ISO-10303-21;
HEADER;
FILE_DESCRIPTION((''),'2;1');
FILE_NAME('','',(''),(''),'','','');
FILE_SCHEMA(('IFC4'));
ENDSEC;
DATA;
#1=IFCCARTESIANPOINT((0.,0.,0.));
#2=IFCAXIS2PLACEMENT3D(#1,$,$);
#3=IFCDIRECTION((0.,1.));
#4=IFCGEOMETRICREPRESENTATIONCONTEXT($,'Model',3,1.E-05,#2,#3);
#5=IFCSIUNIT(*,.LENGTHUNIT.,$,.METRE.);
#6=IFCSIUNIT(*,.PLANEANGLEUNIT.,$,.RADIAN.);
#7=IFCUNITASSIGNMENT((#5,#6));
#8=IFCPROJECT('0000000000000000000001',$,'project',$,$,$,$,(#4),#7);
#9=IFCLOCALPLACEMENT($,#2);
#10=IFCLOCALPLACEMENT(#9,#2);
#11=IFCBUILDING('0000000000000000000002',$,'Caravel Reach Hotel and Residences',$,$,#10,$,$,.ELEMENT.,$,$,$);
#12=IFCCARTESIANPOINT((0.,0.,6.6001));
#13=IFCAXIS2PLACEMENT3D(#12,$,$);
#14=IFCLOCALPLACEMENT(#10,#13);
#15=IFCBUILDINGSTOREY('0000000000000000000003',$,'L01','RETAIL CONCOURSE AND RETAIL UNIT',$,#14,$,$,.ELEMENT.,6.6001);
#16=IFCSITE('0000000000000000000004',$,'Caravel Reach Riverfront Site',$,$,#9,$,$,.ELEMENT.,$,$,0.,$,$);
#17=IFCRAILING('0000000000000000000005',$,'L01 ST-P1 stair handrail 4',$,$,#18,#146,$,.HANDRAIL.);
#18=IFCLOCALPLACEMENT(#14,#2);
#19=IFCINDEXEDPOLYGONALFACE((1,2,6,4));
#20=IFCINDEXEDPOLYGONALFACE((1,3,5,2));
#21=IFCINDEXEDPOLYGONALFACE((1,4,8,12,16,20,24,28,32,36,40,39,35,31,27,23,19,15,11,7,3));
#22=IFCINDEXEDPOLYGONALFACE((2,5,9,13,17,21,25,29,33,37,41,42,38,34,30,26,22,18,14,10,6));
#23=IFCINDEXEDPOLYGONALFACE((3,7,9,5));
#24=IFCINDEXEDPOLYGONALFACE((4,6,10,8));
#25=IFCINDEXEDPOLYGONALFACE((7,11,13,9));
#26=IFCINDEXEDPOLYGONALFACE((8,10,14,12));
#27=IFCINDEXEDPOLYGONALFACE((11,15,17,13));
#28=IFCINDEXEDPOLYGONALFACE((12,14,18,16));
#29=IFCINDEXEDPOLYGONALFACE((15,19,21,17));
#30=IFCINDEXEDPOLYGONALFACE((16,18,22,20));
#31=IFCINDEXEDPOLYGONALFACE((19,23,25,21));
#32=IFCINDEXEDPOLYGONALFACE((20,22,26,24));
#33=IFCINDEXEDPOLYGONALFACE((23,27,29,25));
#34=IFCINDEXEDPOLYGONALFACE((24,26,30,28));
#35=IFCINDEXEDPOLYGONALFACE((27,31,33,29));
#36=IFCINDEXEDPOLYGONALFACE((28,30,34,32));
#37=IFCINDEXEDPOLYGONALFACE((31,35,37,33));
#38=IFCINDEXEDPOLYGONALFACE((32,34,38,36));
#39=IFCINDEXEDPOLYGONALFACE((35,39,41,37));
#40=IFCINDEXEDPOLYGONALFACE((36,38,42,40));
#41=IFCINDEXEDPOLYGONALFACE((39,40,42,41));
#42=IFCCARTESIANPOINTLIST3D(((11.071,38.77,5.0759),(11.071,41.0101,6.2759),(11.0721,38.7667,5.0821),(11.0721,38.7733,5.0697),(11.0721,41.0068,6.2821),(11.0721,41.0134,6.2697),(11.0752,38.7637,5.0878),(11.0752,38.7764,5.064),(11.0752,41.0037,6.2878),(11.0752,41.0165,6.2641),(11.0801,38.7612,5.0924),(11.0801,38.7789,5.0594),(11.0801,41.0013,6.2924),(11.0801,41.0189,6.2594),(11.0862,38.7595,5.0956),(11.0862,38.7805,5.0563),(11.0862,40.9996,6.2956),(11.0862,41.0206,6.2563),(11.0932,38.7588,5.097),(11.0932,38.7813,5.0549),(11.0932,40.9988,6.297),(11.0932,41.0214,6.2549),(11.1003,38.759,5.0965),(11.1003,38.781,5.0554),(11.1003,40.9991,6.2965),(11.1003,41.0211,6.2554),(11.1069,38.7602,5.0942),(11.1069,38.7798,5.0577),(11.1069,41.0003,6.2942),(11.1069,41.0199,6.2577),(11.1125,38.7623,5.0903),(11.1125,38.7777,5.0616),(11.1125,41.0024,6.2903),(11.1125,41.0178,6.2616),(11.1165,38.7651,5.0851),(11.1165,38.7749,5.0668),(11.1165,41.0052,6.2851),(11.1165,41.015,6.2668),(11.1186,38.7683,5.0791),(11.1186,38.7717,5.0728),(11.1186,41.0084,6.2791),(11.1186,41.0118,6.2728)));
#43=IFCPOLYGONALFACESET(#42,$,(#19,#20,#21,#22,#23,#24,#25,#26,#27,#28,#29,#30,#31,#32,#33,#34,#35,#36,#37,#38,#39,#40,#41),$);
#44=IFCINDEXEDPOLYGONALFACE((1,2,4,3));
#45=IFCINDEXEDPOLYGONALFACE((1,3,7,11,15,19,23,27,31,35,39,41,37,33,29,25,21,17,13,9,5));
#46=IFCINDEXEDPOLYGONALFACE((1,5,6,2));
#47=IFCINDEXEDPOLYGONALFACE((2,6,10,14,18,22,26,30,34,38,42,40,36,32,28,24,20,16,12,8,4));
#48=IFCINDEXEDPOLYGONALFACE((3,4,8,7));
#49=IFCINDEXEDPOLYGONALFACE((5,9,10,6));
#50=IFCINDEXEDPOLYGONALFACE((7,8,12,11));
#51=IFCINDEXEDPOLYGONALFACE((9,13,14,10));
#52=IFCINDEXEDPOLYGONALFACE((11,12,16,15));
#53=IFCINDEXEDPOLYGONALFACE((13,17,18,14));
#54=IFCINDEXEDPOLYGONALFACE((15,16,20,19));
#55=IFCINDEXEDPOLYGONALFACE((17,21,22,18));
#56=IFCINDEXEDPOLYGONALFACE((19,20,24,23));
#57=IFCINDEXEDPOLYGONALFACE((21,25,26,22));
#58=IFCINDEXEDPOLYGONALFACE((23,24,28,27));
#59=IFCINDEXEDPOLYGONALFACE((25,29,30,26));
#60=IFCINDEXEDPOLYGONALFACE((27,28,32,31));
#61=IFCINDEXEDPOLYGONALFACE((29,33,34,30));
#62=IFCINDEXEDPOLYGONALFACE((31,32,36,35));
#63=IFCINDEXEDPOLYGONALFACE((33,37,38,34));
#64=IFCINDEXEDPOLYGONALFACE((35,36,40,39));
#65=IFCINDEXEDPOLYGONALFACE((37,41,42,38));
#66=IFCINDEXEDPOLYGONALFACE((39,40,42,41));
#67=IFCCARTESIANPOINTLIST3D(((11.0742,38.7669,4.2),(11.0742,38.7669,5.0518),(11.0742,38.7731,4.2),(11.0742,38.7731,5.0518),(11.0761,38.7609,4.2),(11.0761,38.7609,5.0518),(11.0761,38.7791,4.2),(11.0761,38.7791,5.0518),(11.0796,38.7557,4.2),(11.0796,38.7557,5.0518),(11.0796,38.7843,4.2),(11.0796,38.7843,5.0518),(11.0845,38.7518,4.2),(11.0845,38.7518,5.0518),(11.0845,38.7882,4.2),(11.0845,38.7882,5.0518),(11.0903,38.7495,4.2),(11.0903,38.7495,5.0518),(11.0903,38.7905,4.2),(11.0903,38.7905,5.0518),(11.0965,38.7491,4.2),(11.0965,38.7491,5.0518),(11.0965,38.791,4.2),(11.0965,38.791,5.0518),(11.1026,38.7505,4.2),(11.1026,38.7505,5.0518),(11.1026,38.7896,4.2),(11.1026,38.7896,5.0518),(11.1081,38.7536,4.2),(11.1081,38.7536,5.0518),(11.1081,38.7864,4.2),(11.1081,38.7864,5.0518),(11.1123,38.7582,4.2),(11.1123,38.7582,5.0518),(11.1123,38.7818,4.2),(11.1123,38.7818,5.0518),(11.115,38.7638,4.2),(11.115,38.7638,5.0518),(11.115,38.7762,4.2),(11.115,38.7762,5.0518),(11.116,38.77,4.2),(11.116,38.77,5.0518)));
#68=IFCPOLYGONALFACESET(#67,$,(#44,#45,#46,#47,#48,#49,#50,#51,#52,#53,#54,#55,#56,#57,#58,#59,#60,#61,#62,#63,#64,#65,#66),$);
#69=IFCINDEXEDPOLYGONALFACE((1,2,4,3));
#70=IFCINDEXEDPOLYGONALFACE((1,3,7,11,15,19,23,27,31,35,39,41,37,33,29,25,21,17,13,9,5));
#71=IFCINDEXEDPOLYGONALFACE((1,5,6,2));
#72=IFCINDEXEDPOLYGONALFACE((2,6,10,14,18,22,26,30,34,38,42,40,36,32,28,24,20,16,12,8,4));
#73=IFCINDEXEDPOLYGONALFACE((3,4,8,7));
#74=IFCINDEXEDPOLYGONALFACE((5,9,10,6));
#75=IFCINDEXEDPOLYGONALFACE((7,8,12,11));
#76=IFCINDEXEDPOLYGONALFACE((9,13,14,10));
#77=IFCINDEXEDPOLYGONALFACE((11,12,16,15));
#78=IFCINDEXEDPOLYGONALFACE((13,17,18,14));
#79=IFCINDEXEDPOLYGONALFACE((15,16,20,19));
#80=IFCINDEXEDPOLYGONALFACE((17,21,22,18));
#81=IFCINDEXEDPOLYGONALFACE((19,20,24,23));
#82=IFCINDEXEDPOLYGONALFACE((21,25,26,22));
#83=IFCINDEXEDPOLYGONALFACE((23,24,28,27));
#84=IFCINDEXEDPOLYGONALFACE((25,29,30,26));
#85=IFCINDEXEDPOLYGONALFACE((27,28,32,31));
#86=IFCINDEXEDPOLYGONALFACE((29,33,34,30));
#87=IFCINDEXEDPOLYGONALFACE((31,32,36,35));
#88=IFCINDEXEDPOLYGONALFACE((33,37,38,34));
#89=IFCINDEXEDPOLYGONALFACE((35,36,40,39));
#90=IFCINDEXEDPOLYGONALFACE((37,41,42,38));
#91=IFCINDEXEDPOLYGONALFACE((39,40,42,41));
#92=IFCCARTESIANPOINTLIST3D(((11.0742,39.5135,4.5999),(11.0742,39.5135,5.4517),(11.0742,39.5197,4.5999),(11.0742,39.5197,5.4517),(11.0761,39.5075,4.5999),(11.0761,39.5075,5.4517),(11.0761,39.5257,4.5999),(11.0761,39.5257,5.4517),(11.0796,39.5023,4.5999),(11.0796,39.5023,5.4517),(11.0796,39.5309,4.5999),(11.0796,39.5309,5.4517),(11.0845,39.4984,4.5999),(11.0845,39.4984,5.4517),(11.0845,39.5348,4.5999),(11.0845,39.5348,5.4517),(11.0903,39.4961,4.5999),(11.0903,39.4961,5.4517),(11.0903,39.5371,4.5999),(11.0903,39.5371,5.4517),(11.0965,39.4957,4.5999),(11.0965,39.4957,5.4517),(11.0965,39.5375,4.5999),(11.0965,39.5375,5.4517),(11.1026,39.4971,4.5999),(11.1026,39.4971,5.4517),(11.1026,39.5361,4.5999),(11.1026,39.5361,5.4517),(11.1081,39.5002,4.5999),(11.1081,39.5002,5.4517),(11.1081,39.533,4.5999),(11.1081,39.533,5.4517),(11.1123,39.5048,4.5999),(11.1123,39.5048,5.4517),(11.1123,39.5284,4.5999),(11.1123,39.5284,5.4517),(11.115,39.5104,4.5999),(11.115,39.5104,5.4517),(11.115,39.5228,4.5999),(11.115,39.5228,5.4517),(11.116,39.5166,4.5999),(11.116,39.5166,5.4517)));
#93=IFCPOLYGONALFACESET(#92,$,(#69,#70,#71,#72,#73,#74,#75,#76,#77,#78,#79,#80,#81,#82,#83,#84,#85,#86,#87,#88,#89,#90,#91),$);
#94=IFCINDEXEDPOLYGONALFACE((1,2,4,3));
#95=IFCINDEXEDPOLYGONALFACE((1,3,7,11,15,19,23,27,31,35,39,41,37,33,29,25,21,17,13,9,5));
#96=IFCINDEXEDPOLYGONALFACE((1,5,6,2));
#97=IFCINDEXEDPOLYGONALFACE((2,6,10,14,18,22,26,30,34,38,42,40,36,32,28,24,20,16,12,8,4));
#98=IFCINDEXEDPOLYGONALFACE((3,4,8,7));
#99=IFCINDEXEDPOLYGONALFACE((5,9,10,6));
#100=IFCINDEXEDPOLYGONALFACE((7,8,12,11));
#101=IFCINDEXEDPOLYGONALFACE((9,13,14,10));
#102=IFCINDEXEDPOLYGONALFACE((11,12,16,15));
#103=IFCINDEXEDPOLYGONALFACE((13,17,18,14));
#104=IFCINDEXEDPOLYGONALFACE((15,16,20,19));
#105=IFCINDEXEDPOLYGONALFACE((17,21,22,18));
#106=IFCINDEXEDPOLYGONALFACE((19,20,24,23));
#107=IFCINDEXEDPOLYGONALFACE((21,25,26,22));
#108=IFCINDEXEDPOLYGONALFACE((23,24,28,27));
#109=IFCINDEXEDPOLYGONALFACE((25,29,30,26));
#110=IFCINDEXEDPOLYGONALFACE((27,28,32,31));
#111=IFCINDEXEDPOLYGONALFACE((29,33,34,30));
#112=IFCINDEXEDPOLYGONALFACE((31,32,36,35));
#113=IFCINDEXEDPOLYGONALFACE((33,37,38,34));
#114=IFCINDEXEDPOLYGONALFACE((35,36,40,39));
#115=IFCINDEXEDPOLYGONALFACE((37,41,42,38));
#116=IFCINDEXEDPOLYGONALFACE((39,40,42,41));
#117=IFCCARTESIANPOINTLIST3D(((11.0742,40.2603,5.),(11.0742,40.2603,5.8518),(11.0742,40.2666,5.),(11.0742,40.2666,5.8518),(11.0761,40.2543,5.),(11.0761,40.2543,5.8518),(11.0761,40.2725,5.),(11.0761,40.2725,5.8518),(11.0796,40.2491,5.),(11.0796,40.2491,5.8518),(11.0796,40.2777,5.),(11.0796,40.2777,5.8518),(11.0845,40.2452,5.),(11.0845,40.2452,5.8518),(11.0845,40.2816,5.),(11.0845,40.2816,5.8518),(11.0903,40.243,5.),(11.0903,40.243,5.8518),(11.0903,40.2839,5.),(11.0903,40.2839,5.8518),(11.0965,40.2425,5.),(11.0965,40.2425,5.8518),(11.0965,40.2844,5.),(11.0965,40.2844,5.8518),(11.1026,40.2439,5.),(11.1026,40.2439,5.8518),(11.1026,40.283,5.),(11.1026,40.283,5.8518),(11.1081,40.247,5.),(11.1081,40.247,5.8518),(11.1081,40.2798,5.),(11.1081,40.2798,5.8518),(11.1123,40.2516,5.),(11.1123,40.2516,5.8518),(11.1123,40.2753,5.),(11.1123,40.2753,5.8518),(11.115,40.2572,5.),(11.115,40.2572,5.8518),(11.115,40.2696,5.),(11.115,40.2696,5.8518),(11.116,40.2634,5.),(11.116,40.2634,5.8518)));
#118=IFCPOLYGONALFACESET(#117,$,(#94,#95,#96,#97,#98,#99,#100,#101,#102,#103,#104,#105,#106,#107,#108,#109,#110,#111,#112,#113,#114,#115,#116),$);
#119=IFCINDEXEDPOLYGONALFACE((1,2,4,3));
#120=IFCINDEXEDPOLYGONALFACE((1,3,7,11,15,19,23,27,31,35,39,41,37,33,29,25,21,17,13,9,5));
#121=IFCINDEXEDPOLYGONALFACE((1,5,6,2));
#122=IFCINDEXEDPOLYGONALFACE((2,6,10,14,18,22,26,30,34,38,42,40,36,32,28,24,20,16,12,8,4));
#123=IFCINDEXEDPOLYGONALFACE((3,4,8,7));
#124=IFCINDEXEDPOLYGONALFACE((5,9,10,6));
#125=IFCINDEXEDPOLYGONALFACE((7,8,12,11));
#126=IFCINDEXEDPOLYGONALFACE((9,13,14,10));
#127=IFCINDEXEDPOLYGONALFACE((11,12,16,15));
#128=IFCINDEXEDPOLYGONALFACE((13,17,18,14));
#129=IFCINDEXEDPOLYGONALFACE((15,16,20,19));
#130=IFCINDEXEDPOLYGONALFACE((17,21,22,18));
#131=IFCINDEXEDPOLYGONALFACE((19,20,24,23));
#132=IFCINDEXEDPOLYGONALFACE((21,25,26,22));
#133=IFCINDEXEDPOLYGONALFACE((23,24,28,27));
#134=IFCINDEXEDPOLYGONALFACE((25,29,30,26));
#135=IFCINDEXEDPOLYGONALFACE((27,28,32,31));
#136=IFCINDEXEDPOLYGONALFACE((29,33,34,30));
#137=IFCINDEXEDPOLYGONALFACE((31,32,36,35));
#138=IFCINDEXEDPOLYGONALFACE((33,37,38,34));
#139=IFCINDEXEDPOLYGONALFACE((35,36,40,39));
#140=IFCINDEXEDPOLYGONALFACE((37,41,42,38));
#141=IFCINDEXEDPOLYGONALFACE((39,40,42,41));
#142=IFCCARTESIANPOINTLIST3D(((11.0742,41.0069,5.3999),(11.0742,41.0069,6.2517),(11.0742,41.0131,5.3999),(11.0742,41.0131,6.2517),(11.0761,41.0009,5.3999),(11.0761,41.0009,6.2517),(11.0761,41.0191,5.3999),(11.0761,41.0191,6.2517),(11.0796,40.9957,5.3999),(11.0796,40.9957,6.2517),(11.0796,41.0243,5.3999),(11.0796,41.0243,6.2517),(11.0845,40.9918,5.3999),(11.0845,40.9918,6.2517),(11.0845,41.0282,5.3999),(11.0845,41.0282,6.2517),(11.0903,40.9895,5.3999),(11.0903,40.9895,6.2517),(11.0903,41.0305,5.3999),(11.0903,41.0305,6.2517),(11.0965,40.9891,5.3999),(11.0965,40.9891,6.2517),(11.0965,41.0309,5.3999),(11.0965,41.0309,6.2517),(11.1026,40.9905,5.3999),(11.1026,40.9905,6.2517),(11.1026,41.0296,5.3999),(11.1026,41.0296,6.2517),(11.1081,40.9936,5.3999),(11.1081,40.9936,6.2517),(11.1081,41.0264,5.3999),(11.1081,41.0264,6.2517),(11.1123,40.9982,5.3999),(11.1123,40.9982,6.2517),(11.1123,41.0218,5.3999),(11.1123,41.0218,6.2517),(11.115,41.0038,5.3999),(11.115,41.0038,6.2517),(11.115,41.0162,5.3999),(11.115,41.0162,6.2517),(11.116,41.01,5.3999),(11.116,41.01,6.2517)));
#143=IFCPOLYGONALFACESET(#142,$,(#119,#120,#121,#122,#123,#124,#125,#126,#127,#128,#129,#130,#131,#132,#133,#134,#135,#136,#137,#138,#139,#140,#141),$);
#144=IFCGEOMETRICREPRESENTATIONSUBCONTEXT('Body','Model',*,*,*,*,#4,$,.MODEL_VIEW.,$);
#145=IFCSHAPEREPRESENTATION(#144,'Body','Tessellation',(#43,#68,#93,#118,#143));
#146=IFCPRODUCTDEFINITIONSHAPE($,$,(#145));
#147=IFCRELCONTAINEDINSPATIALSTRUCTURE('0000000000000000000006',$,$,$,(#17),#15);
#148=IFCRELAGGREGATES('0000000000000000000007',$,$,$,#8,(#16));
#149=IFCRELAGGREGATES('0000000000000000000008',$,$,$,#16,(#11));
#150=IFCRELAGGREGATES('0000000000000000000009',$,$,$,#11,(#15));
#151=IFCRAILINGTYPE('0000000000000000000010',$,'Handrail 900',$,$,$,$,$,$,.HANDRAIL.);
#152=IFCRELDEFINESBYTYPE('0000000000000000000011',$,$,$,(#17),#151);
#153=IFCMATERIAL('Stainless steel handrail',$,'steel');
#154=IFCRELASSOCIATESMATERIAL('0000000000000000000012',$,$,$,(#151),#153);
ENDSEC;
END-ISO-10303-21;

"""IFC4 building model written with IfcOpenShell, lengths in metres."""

from ifc_helpers import new_model, si_unit, direction, frame, origin, origin_2d, place, context, subcontext, project, spatial, circle, extrude, material, type_object, element, save


model = new_model("IFC4")

# Units and contexts
model_context = context("Model", 3, precision=1e-05, world=origin(), true_north=direction((0.0, 1.0)))
body_context = subcontext(model_context, "Body", "Model", "MODEL_VIEW")
ifc_project = project(units=[si_unit("LENGTHUNIT", "METRE"), si_unit("PLANEANGLEUNIT", "RADIAN")], contexts=[model_context])

# Site, building, storey
site_placement = place(None, origin())
site = spatial("IfcSite", under=ifc_project, at=site_placement, Name="Caravel Reach Riverfront Site", CompositionType="ELEMENT", RefElevation=0.0)
building_placement = place(site_placement, origin())
building = spatial("IfcBuilding", under=site, at=building_placement, Name="Caravel Reach Hotel and Residences", CompositionType="ELEMENT")
storey_placement = place(building_placement, frame((0.0, 0.0, 6.6001)))
storey = spatial("IfcBuildingStorey", under=building, at=storey_placement, Name="L01", Description="RETAIL CONCOURSE AND RETAIL UNIT", CompositionType="ELEMENT", Elevation=6.6001)

# Railing
ifc_material_1 = material(Name="Stainless steel handrail", Category="steel")
railing_type_1 = type_object("IfcRailingType", Name="Handrail 900", PredefinedType="HANDRAIL", material=ifc_material_1)
railing_1_placement = place(storey_placement, frame((11.095, 38.77, 4.2)))
element("IfcRailing", 1, at=railing_1_placement, inside=storey, type_object=railing_type_1, Name="L01 ST-P1 stair handrail 4", PredefinedType="HANDRAIL", context=body_context, shape_type="SweptSolid", body=[
    extrude(circle(Radius=0.0239, at=origin_2d()), frame((0.0, 0.0, 0.876), z_axis=(0.0, 0.881487, 0.472208), x_axis=(-1.0, 0.0, 0.0)), (0.0, 0.0, 1.0), 2.5413),
    extrude(circle(Radius=0.021, at=origin_2d()), origin(), (0.0, 0.0, 1.0), 0.8518),
    extrude(circle(Radius=0.021, at=origin_2d()), frame((0.0, 0.7466, 0.3999)), (0.0, 0.0, 1.0), 0.8518),
    extrude(circle(Radius=0.021, at=origin_2d()), frame((0.0, 1.4934, 0.8)), (0.0, 0.0, 1.0), 0.8518),
    extrude(circle(Radius=0.021, at=origin_2d()), frame((0.0, 2.24, 1.2)), (0.0, 0.0, 1.0), 0.8518),
])

save(model, "model.ifc")
